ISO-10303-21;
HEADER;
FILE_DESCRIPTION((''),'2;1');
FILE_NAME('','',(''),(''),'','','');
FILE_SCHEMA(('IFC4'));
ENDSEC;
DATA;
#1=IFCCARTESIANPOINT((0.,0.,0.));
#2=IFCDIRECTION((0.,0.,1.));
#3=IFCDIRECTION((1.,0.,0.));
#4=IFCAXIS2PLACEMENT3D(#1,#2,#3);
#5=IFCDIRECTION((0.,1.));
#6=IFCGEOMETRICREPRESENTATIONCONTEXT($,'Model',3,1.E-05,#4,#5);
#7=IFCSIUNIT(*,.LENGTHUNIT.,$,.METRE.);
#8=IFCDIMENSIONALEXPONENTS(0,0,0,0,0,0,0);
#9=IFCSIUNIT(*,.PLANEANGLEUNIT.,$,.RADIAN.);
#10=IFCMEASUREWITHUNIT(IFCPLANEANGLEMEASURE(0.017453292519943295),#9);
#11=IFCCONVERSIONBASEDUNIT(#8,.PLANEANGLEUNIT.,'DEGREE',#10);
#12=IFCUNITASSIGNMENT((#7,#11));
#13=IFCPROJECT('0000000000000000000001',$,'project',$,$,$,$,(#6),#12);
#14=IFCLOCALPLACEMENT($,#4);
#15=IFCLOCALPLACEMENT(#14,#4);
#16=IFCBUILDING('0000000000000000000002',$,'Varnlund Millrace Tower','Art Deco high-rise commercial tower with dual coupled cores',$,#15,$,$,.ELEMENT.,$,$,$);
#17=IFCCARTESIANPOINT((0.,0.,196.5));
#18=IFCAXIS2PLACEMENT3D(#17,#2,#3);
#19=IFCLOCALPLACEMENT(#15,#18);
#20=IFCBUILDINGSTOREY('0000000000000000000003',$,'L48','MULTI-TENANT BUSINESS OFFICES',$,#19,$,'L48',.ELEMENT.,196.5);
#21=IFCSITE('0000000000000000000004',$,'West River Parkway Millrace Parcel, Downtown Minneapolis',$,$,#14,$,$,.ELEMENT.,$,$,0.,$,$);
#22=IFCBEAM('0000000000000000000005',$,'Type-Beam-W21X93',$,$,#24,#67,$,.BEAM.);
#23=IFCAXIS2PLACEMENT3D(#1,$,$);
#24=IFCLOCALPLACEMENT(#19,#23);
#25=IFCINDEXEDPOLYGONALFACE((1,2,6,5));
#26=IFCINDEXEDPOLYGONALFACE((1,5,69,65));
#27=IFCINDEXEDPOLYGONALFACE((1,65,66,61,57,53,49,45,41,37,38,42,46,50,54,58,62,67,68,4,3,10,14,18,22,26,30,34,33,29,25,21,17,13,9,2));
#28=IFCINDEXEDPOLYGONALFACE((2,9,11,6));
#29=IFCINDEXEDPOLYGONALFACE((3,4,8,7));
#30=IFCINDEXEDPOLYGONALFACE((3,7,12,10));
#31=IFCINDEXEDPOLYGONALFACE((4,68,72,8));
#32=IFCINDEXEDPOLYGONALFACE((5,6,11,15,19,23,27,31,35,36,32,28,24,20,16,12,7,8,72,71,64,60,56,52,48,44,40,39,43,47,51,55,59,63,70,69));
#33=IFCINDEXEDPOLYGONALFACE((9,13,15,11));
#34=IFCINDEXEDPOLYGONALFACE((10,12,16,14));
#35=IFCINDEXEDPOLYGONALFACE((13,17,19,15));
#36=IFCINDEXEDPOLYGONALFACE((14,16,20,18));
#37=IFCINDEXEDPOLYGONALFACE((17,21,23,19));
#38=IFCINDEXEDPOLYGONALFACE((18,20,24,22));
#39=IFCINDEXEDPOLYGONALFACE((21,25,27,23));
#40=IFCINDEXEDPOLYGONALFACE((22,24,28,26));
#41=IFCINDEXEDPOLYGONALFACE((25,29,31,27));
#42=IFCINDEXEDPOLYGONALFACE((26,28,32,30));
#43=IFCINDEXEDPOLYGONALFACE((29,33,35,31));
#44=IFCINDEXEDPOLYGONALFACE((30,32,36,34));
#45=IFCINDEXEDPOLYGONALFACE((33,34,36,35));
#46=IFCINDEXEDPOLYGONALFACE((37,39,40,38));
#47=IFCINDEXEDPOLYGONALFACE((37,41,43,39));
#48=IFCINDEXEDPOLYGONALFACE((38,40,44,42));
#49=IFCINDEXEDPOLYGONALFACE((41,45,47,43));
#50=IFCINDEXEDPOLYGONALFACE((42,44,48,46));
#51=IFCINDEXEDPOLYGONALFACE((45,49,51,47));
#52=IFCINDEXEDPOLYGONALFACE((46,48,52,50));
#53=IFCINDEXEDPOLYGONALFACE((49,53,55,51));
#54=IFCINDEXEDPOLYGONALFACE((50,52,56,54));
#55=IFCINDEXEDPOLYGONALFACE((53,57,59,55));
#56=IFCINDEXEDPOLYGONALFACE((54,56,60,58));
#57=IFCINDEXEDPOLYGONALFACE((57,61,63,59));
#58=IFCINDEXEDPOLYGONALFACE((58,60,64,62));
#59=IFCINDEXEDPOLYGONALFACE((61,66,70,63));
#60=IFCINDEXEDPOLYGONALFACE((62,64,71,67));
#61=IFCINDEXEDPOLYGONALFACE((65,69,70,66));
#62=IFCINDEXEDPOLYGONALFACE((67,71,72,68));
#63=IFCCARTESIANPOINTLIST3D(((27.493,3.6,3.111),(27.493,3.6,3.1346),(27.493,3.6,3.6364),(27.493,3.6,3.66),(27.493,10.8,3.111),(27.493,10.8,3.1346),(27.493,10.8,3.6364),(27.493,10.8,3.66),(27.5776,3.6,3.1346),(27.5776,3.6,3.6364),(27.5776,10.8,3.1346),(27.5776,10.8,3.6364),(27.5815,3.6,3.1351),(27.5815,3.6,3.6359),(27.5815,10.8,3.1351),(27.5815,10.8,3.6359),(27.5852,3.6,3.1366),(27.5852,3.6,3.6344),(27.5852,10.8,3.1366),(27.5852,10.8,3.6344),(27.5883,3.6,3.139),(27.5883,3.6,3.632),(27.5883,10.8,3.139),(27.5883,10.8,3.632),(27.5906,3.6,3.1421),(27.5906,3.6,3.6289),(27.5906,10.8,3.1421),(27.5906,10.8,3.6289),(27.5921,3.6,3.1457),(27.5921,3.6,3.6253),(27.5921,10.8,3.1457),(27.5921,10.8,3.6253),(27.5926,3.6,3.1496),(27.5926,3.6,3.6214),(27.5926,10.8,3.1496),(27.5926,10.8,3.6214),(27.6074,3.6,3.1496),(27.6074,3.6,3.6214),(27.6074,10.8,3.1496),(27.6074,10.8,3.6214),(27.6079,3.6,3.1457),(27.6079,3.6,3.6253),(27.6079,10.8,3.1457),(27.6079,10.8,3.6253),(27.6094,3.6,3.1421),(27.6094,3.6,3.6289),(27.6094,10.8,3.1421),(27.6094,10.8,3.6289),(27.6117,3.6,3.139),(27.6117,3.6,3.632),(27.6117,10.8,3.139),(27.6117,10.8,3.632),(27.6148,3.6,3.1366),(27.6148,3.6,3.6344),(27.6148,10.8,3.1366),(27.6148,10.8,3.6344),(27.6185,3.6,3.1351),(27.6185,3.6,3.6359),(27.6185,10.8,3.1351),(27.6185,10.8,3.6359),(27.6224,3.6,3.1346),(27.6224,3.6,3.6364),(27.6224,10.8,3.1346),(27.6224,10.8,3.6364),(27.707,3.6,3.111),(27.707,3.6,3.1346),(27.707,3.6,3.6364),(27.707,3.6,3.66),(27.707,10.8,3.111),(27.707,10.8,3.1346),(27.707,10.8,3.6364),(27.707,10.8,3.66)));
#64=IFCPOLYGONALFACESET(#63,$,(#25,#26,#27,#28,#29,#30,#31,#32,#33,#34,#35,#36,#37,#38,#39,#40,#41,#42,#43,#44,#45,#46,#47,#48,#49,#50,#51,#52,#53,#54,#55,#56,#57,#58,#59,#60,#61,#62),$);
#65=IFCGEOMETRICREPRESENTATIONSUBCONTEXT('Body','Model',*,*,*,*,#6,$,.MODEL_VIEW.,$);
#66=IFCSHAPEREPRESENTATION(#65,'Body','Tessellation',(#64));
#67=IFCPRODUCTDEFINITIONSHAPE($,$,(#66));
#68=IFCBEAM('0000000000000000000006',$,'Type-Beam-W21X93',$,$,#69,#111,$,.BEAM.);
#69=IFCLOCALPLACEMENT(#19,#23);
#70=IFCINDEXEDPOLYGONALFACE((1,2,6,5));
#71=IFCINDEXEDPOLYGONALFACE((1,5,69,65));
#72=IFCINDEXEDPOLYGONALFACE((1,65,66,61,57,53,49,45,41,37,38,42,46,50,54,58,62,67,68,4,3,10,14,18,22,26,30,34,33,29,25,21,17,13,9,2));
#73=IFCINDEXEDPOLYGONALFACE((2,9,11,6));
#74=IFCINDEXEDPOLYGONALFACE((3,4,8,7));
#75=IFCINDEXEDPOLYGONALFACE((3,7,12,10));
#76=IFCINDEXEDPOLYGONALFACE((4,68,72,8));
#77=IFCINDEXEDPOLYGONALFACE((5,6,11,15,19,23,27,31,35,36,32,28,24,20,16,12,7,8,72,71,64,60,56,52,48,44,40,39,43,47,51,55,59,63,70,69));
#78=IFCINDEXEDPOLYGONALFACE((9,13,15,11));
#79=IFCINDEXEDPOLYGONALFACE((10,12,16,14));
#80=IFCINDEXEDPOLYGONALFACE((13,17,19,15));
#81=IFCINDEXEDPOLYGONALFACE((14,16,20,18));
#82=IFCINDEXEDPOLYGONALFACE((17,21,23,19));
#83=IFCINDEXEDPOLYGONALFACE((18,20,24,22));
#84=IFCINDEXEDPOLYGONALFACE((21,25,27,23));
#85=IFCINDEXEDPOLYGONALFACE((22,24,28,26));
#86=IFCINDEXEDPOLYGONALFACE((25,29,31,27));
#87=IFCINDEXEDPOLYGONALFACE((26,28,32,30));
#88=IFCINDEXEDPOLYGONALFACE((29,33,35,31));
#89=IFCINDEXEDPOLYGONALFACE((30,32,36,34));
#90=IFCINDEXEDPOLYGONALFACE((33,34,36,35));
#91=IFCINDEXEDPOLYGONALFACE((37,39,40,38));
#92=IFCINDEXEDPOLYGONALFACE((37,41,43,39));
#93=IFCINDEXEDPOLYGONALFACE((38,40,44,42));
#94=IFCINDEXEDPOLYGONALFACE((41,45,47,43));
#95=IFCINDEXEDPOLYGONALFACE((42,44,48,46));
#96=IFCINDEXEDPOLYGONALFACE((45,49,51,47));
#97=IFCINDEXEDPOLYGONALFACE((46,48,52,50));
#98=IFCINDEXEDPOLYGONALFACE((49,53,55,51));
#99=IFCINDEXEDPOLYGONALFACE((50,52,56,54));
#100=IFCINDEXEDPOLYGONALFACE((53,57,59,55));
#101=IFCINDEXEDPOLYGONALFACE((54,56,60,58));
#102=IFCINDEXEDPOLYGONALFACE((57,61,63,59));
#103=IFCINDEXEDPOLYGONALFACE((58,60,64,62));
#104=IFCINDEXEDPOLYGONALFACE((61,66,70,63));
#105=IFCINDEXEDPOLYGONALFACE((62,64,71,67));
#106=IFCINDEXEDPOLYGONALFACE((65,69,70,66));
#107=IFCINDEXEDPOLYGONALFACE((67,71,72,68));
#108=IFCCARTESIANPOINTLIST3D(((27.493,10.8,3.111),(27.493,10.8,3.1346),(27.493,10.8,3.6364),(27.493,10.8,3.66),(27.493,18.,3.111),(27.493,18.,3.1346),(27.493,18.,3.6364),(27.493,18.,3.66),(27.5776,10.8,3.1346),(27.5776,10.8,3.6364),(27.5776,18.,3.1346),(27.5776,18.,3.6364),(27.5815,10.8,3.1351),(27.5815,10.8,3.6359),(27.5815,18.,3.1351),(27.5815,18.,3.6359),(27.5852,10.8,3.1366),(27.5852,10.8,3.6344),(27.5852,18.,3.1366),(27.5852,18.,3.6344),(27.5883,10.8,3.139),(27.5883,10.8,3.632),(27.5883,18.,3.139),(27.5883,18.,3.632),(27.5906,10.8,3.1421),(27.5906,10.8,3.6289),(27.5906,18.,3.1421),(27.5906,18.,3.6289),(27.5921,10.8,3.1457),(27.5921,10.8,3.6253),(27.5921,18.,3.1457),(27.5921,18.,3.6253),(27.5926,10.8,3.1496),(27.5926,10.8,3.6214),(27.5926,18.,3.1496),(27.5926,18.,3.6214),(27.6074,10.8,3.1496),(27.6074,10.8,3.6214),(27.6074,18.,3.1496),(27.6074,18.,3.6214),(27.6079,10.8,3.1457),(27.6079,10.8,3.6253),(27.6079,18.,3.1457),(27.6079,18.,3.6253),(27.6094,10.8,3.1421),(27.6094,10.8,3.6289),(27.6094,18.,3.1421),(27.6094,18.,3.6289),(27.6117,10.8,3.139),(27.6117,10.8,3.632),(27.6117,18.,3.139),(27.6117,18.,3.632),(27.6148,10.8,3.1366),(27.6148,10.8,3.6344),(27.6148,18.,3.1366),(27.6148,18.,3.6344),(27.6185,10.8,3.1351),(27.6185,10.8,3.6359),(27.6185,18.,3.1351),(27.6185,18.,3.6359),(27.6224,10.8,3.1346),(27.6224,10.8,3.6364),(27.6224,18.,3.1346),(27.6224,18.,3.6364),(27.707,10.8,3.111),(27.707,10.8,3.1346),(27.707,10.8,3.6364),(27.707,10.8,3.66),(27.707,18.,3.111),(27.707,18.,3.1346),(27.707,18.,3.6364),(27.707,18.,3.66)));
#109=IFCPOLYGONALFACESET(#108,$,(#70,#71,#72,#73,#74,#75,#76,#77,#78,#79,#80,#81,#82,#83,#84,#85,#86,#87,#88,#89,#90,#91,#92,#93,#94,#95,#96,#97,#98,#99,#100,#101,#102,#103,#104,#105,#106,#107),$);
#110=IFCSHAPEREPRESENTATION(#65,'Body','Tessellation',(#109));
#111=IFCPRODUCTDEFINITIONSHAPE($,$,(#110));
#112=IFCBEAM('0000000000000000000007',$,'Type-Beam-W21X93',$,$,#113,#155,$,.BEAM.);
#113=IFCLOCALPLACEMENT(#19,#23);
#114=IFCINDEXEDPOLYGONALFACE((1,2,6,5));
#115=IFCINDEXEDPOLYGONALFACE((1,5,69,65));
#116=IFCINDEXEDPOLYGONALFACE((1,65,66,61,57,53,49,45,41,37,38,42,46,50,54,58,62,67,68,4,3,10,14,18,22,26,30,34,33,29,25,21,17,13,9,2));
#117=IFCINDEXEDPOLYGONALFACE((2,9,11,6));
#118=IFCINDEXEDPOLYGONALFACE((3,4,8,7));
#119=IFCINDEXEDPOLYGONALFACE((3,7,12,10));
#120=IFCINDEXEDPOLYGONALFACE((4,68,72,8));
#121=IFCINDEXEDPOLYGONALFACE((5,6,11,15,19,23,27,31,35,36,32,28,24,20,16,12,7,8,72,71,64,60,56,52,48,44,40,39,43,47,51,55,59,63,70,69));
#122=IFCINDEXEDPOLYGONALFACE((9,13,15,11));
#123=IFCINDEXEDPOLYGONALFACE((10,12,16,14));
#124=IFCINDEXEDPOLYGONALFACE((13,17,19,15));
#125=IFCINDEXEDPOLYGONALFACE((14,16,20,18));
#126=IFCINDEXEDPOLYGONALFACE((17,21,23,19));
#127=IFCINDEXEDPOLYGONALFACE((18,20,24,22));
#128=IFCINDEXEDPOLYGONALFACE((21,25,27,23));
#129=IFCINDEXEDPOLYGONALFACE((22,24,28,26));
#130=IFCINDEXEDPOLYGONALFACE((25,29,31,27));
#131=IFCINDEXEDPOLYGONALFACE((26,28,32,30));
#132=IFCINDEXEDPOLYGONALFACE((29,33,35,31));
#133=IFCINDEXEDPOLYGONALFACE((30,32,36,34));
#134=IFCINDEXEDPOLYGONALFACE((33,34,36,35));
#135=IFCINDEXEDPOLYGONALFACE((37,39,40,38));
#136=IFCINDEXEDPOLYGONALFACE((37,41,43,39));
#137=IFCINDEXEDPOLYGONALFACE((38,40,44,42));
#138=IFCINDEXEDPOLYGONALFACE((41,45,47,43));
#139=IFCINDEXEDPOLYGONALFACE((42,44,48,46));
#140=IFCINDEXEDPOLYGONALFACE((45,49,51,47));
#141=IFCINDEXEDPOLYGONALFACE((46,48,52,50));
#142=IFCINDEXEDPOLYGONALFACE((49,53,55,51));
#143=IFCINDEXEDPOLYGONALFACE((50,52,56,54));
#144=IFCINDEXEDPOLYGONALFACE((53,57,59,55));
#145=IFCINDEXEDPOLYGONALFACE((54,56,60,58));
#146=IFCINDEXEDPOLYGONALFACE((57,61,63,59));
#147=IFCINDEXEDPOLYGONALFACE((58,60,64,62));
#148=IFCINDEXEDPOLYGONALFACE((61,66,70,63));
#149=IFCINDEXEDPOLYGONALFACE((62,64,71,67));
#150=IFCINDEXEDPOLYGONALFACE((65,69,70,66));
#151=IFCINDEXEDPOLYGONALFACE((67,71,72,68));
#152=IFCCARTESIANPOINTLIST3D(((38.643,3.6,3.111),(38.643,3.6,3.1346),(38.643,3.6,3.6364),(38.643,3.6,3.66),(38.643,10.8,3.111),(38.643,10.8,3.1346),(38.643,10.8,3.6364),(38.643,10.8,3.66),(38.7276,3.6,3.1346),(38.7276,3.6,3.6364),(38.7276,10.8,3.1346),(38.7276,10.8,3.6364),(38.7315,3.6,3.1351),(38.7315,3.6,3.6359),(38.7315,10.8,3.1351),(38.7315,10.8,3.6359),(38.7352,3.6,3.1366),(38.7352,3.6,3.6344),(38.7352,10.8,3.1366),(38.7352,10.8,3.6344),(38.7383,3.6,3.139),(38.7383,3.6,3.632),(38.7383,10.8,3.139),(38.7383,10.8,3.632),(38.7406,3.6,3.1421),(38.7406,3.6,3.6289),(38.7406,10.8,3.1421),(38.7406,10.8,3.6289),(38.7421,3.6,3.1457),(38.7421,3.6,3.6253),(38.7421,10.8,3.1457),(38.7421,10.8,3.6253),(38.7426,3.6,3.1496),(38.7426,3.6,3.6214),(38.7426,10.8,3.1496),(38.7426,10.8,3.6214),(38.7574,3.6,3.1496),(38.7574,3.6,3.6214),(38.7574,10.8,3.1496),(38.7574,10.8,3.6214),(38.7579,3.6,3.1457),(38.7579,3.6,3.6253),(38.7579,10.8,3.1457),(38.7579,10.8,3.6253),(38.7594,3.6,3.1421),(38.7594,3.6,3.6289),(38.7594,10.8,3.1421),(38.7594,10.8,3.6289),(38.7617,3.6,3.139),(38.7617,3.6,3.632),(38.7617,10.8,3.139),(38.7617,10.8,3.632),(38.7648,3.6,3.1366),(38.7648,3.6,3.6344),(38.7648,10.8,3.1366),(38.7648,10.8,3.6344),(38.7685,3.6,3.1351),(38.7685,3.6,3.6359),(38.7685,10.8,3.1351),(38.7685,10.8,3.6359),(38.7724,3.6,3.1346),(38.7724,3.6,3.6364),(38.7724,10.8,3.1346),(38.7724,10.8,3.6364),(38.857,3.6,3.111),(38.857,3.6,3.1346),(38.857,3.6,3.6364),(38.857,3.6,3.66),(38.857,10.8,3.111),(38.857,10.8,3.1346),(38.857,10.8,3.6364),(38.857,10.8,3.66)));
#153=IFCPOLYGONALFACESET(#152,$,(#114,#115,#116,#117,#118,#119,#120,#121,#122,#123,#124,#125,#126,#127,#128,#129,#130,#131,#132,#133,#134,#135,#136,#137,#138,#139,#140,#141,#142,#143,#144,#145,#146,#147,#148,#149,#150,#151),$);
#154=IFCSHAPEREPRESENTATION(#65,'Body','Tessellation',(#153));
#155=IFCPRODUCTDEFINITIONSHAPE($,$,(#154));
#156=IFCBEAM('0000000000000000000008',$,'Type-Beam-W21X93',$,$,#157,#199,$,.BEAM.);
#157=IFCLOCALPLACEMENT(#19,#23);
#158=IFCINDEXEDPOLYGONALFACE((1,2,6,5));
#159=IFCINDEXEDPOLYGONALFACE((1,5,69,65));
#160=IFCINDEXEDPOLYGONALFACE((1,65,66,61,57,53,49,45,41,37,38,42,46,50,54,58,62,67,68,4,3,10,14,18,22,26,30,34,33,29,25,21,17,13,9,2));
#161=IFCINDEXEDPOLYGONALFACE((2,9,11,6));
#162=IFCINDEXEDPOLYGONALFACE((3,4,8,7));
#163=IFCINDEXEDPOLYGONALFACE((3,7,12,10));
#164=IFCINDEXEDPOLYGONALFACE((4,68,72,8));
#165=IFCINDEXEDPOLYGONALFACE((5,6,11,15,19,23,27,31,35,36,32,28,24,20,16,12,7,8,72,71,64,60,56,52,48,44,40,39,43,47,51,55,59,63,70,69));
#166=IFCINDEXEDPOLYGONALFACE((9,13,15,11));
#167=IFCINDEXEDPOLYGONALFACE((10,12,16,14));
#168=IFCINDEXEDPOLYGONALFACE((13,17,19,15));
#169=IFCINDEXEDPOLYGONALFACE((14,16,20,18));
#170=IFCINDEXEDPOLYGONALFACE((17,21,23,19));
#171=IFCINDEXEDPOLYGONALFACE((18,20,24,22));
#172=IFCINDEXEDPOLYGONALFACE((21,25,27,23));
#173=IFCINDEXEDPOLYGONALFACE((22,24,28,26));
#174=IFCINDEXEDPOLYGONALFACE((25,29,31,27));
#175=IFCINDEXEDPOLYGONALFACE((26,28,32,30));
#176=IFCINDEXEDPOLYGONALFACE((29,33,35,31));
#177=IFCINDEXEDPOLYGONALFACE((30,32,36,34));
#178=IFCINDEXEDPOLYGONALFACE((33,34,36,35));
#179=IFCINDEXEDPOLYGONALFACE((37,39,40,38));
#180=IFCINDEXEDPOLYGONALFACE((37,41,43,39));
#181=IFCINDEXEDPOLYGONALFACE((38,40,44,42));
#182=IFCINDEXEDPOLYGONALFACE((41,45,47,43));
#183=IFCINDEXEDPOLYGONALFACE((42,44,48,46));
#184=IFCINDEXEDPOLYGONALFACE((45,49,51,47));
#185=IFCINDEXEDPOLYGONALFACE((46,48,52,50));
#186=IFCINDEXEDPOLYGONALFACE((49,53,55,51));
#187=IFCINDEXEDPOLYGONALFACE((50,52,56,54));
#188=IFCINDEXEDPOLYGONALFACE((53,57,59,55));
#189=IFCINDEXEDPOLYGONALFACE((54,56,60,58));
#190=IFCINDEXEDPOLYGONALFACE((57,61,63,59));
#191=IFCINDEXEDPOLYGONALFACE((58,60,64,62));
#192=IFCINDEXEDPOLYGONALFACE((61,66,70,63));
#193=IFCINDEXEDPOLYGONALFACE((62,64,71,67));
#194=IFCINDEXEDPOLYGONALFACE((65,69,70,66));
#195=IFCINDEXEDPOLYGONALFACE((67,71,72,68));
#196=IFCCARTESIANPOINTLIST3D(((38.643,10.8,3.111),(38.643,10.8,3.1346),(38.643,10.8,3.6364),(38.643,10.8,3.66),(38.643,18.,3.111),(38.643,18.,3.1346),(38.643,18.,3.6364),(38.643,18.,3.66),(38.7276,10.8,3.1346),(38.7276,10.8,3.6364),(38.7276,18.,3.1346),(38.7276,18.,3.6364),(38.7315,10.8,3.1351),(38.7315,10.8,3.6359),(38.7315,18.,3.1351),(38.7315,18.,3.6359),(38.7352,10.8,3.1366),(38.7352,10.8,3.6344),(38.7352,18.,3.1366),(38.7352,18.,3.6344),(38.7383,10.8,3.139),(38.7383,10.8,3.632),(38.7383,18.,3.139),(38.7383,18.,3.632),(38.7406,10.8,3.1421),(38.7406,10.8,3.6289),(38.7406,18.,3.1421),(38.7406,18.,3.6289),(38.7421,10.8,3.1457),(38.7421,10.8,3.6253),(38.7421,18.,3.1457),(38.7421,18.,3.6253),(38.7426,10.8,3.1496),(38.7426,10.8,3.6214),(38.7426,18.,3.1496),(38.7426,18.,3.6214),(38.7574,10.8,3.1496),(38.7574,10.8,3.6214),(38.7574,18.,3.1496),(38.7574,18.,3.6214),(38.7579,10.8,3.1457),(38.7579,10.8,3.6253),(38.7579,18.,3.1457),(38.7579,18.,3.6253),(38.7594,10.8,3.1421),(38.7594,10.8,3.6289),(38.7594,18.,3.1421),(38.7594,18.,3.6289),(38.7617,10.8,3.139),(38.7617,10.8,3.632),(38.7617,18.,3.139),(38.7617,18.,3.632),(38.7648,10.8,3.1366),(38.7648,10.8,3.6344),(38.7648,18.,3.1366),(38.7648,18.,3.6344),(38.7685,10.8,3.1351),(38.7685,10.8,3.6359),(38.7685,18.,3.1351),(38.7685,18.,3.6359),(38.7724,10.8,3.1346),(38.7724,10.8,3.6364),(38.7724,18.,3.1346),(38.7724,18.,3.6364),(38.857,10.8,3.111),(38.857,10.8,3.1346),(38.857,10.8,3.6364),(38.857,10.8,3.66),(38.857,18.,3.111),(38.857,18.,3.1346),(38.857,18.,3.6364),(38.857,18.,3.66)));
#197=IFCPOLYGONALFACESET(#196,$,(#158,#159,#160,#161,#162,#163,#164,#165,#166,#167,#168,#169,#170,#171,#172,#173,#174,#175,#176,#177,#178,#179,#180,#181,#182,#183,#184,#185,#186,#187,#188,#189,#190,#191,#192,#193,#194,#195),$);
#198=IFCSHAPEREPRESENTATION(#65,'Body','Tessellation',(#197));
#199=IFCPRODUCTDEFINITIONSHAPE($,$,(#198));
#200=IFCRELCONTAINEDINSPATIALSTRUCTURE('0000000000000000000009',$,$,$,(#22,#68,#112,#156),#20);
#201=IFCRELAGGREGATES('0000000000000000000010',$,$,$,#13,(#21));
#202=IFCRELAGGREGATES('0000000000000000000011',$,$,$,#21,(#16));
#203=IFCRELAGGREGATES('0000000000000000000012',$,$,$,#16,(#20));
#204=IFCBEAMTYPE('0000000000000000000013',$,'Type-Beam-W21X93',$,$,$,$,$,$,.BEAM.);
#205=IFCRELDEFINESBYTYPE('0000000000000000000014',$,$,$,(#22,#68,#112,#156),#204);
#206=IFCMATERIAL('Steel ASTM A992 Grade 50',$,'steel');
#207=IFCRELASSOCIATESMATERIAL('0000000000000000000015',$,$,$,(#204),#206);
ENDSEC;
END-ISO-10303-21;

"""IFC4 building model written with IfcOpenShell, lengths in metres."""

from ifc_helpers import new_model, entity, si_unit, converted_unit, direction, frame, origin_with_axes, origin_2d_with_axis, place, context, subcontext, project, spatial, i_section, extrude, material, material_profile, profile_set, type_object, element, save


model = new_model("IFC4")

# Units and contexts
model_context = context("Model", 3, precision=1e-05, world=origin_with_axes(), true_north=direction((0.0, 1.0)))
body_context = subcontext(model_context, "Body", "Model", "MODEL_VIEW")
ifc_project = project(units=[si_unit("LENGTHUNIT", "METRE"), converted_unit("PLANEANGLEUNIT", "DEGREE", entity("IfcPlaneAngleMeasure", 0.017453292519943295), si_unit("PLANEANGLEUNIT", "RADIAN"), dimensions=[0, 0, 0, 0, 0, 0, 0])], contexts=[model_context])

# Site, building, storey
site_placement = place(None, origin_with_axes())
site = spatial("IfcSite", under=ifc_project, at=site_placement, Name="West River Parkway Millrace Parcel, Downtown Minneapolis", CompositionType="ELEMENT", RefElevation=0.0)
building_placement = place(site_placement, origin_with_axes())
building = spatial("IfcBuilding", under=site, at=building_placement, Name="Varnlund Millrace Tower", Description="Art Deco high-rise commercial tower with dual coupled cores", CompositionType="ELEMENT")
storey_placement = place(building_placement, frame((0.0, 0.0, 196.5), z_axis=(0.0, 0.0, 1.0), x_axis=(1.0, 0.0, 0.0)))
storey = spatial("IfcBuildingStorey", under=building, at=storey_placement, Name="L48", Description="MULTI-TENANT BUSINESS OFFICES", LongName="L48", CompositionType="ELEMENT", Elevation=196.5)

# Beams
ifc_material_1 = material(Name="Steel ASTM A992 Grade 50", Category="steel")
ifc_material_profile_1 = material_profile(ifc_material_1, i_section(OverallWidth=0.214, OverallDepth=0.549, WebThickness=0.0147, FlangeThickness=0.0236, FilletRadius=0.015, at=origin_2d_with_axis()), Name="Steel ASTM A992 Grade 50")
ifc_profile_set_1 = profile_set([ifc_material_profile_1], Name="Steel ASTM A992 Grade 50")
beam_type_1 = type_object("IfcBeamType", Name="Type-Beam-W21X93", PredefinedType="BEAM", material=ifc_profile_set_1)
for number, where, z_axis, x_axis, name in (
    (1, (27.6, 3.6, 3.3855), (0.0, 1.0, 0.0), (-1.0, 0.0, 0.0), "Type-Beam-W21X93"),
    (2, (27.6, 10.8, 3.3855), (0.0, 1.0, 0.0), (-1.0, 0.0, 0.0), "Type-Beam-W21X93"),
    (3, (38.75, 3.6, 3.3855), (0.0, 1.0, 0.0), (-1.0, 0.0, 0.0), "Type-Beam-W21X93"),
    (4, (38.75, 10.8, 3.3855), (0.0, 1.0, 0.0), (-1.0, 0.0, 0.0), "Type-Beam-W21X93"),
):
    element("IfcBeam", number, at=place(storey_placement, frame(where, z_axis=z_axis, x_axis=x_axis)), inside=storey, type_object=beam_type_1, Name=name, PredefinedType="BEAM", context=body_context, shape_type="SweptSolid", body=[
        extrude(i_section(OverallWidth=0.214, OverallDepth=0.549, WebThickness=0.0147, FlangeThickness=0.0236, FilletRadius=0.015, at=origin_2d_with_axis()), origin_with_axes(), (0.0, 0.0, 1.0), 7.2),
    ])

save(model, "model.ifc")
